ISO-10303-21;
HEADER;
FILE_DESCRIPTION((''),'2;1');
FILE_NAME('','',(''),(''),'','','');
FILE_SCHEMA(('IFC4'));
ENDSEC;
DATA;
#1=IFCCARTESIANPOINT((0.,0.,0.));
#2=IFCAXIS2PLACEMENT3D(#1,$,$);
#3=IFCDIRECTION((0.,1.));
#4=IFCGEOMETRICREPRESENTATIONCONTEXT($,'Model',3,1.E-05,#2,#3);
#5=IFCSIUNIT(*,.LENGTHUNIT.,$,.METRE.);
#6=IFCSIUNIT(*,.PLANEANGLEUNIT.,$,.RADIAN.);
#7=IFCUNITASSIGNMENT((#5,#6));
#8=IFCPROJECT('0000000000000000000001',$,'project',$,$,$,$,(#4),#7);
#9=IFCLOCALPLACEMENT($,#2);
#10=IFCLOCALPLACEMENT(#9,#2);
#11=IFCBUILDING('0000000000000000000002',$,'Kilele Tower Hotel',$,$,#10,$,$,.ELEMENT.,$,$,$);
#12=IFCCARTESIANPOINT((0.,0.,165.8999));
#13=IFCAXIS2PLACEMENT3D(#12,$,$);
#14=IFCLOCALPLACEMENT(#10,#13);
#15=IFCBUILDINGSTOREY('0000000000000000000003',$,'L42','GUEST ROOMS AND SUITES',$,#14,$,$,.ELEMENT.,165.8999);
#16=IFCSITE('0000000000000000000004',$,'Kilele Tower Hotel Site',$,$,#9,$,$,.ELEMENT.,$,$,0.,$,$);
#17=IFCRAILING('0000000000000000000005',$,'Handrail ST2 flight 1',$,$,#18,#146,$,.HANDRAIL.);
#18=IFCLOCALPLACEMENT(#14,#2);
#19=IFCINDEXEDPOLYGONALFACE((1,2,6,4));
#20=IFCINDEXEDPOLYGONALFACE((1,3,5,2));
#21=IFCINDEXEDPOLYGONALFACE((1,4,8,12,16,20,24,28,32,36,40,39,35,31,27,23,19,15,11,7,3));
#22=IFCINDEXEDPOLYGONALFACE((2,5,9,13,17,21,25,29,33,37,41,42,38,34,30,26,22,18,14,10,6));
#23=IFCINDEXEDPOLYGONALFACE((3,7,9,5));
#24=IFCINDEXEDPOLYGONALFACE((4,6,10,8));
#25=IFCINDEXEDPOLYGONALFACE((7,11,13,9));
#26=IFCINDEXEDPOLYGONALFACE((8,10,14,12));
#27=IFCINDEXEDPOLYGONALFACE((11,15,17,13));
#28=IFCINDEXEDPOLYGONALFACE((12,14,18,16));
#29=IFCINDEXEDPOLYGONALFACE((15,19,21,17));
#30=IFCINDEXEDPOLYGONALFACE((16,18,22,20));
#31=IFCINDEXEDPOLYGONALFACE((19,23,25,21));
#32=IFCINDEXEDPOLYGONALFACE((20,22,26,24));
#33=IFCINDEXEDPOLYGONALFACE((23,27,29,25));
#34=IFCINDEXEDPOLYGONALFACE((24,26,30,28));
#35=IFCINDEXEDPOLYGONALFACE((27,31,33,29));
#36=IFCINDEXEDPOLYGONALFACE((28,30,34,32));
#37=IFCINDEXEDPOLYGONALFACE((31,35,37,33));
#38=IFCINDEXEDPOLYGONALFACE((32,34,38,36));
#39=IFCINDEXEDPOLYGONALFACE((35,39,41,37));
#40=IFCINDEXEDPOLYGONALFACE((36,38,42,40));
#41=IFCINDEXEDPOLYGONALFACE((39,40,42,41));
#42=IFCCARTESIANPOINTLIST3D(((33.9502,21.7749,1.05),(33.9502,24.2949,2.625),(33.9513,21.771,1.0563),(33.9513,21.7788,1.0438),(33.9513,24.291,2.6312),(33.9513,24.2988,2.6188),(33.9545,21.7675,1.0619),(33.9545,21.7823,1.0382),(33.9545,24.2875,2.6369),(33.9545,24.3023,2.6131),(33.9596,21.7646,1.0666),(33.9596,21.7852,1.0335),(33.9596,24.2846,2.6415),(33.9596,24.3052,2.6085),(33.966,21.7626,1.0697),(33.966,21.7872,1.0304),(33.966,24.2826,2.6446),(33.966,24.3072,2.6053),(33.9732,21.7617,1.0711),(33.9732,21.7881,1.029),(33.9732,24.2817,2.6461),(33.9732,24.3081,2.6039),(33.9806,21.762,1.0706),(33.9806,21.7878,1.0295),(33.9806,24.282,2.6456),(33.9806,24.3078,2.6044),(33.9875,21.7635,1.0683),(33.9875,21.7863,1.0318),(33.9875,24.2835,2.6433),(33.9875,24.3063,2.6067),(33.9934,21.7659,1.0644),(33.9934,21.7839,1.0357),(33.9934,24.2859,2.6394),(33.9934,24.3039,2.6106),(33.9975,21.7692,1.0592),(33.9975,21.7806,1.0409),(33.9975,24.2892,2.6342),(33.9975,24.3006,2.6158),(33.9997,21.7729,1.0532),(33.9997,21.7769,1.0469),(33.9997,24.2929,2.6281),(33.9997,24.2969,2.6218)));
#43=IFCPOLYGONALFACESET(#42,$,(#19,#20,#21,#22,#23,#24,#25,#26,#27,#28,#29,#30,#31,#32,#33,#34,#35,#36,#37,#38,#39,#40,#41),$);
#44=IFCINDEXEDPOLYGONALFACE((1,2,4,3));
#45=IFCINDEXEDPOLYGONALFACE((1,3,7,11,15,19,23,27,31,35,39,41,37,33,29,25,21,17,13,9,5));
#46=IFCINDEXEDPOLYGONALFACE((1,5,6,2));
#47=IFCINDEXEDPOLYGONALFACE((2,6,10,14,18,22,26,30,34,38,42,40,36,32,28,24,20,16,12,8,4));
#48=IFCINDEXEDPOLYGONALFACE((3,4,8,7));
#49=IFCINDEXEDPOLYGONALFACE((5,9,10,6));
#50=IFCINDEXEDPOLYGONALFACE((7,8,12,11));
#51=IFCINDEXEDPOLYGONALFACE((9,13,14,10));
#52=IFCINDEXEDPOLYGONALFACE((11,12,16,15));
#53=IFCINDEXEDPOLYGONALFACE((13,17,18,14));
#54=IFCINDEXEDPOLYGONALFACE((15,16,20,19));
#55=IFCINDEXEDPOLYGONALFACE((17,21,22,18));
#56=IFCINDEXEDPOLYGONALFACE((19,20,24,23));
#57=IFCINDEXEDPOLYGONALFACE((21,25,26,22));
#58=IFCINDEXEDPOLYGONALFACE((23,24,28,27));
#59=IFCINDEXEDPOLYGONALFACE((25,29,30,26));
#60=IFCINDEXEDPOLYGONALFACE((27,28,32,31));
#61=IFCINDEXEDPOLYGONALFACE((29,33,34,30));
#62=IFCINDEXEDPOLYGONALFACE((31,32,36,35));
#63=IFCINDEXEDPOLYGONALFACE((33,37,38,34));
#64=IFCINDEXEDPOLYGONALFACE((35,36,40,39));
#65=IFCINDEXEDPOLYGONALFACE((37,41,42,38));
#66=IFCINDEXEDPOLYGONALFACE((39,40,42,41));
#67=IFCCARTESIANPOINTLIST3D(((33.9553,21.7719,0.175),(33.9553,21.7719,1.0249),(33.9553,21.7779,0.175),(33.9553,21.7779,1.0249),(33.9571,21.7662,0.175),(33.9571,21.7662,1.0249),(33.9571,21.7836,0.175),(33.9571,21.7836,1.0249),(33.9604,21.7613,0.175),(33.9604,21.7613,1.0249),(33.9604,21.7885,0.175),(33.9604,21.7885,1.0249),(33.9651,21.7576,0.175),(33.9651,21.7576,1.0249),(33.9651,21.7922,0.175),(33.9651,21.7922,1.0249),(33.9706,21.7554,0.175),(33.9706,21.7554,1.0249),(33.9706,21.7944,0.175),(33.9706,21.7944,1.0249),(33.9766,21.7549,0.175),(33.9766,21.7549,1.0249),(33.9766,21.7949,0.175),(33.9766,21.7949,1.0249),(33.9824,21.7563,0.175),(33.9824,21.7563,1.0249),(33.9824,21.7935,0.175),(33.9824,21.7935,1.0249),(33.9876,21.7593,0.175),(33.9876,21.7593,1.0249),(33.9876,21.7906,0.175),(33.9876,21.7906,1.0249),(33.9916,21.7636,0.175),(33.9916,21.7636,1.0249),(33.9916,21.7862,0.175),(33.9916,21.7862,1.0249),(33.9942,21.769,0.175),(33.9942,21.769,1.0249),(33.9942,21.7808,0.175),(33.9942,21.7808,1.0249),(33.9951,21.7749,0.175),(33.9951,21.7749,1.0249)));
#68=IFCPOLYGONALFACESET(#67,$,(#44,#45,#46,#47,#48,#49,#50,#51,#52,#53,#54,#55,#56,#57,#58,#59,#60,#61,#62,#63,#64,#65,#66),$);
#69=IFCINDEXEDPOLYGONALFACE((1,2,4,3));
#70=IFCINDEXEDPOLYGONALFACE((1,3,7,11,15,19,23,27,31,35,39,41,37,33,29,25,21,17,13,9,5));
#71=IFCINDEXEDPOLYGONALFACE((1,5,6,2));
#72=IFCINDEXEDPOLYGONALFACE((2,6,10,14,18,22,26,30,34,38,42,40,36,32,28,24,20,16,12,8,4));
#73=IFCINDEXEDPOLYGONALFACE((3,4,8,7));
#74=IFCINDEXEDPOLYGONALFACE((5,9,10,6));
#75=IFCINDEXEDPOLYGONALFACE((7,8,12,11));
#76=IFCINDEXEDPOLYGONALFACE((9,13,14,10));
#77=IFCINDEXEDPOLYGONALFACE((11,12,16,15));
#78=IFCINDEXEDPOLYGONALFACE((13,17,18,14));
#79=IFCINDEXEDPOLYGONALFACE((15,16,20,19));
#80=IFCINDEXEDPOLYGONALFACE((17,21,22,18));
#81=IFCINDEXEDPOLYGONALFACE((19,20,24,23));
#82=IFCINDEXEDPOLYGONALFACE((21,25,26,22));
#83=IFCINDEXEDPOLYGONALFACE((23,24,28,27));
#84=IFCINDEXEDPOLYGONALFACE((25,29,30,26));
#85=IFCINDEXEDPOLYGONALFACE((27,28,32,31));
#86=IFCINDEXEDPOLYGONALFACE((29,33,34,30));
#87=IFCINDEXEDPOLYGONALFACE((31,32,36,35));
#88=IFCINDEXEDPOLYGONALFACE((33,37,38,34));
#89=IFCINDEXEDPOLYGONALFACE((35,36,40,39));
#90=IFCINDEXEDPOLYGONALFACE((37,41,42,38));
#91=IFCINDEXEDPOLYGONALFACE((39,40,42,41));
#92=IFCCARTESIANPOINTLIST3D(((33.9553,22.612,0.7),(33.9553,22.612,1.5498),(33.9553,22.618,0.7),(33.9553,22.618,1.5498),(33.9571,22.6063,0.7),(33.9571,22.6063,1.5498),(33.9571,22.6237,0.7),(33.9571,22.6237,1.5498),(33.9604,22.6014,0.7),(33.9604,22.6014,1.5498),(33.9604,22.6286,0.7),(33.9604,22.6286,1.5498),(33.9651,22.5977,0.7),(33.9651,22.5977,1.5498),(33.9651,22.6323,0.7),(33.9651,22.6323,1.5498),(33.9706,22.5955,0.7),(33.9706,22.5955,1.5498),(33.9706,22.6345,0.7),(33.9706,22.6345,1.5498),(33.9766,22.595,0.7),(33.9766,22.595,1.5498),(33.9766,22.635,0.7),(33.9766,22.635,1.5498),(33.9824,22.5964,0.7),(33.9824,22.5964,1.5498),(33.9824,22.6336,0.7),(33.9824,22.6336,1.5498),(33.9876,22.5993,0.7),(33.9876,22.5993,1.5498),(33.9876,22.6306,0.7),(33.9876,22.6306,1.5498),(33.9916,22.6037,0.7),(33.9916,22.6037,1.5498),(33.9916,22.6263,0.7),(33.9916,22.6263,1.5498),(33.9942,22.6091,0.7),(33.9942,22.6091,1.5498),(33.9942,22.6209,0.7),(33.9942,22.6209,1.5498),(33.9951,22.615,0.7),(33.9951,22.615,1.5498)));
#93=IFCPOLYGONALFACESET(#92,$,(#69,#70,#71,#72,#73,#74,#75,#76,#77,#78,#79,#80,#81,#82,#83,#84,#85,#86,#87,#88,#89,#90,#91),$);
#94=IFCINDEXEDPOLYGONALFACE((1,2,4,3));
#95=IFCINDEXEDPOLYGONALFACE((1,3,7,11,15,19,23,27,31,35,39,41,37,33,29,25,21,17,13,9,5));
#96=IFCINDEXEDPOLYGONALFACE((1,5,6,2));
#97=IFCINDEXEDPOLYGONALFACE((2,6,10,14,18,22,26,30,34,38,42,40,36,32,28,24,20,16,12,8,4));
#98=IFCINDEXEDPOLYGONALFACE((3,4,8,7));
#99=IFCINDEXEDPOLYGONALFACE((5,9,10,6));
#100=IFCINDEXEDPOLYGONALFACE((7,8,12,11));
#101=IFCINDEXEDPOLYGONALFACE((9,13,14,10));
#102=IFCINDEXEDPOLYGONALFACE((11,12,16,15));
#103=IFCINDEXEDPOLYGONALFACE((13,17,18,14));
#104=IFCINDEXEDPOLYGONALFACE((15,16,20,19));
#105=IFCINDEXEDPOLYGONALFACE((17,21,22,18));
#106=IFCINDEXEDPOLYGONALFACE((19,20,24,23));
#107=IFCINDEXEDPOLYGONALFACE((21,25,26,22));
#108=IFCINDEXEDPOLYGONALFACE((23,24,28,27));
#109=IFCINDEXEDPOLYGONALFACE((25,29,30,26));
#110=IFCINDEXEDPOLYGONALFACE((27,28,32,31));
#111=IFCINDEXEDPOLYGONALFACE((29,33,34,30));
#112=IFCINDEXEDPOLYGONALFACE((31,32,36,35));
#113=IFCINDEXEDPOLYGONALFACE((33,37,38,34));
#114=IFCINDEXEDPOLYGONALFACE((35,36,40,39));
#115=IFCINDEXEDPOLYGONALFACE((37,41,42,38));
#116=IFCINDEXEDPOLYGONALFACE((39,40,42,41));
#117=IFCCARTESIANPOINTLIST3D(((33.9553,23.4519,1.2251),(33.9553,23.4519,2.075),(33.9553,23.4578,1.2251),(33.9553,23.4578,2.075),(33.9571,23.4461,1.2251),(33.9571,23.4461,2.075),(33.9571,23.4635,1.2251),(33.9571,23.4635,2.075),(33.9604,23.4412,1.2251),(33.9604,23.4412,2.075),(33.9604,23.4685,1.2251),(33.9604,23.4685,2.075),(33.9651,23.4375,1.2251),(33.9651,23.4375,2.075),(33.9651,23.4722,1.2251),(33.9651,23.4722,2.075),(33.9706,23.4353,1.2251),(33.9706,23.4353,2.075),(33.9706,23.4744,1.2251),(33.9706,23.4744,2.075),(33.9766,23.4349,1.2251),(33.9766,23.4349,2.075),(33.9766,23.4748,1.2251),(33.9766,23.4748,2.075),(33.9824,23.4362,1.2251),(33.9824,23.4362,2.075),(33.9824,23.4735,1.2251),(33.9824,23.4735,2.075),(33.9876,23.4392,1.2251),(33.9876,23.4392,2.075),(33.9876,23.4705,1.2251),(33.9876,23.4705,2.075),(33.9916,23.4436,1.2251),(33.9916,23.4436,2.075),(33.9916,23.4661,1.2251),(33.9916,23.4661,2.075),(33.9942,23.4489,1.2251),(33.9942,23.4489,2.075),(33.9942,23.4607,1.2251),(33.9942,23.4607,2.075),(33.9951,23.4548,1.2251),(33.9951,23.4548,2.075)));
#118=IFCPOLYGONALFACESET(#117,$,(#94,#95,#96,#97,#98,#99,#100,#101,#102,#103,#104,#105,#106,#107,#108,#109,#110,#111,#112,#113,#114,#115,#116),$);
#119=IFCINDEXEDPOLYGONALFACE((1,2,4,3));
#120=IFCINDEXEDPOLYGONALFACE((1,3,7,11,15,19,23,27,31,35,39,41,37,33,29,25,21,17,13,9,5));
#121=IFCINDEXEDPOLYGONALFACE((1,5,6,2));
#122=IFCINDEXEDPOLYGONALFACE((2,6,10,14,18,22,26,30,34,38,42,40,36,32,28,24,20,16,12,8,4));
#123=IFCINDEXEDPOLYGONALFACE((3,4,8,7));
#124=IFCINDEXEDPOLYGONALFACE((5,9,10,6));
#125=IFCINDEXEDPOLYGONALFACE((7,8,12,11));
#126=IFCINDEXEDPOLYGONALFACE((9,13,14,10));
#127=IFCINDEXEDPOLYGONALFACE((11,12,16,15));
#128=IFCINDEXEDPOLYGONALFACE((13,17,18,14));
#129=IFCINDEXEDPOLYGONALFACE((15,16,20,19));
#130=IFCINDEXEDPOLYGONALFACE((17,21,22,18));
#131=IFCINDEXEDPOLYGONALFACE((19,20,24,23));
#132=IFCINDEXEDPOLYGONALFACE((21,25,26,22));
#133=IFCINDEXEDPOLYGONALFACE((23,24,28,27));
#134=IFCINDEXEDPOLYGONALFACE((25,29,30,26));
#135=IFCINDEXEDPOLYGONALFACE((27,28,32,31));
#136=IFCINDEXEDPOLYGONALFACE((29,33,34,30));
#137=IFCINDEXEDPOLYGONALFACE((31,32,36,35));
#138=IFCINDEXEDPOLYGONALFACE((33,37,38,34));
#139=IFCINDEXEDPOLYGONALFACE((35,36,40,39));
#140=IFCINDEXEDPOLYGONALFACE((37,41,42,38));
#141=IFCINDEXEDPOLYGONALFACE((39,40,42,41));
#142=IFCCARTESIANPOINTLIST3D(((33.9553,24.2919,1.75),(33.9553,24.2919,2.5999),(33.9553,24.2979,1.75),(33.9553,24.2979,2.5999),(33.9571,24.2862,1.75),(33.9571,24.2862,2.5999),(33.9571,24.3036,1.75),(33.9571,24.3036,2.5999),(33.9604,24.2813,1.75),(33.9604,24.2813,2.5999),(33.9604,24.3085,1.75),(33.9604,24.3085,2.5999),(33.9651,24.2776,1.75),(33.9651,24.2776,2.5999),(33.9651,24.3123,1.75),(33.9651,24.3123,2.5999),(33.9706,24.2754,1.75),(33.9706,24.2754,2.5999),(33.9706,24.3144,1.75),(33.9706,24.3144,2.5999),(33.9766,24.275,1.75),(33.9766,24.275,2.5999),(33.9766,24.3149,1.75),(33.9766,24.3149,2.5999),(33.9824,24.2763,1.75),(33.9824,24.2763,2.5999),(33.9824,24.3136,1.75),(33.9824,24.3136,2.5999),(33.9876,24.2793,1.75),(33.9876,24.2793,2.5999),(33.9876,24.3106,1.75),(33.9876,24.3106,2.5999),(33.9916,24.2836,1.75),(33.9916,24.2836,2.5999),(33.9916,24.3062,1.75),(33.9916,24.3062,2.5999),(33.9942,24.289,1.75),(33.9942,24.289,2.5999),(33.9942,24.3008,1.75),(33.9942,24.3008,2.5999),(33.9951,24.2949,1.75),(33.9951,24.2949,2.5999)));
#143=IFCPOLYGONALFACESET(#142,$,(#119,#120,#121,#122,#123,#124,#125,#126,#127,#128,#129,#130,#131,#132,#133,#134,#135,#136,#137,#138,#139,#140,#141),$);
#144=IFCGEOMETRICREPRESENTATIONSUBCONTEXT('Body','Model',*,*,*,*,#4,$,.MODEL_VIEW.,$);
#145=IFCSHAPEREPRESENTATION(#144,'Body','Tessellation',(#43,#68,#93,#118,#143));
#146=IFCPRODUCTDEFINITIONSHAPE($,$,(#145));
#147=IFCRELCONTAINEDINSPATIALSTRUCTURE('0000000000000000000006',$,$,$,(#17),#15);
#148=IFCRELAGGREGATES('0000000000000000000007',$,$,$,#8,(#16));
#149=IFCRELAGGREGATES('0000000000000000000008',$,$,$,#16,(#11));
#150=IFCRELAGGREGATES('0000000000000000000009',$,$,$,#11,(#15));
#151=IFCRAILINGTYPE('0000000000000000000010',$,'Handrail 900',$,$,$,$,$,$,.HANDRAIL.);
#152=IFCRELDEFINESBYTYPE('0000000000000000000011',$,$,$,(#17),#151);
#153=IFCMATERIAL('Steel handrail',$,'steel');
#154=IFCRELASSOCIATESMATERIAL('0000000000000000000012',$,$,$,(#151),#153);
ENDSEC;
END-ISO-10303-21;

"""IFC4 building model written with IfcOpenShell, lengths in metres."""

from ifc_helpers import new_model, si_unit, direction, frame, origin, origin_2d, place, context, subcontext, project, spatial, circle, extrude, material, type_object, element, save


model = new_model("IFC4")

# Units and contexts
model_context = context("Model", 3, precision=1e-05, world=origin(), true_north=direction((0.0, 1.0)))
body_context = subcontext(model_context, "Body", "Model", "MODEL_VIEW")
ifc_project = project(units=[si_unit("LENGTHUNIT", "METRE"), si_unit("PLANEANGLEUNIT", "RADIAN")], contexts=[model_context])

# Site, building, storey
site_placement = place(None, origin())
site = spatial("IfcSite", under=ifc_project, at=site_placement, Name="Kilele Tower Hotel Site", CompositionType="ELEMENT", RefElevation=0.0)
building_placement = place(site_placement, origin())
building = spatial("IfcBuilding", under=site, at=building_placement, Name="Kilele Tower Hotel", CompositionType="ELEMENT")
storey_placement = place(building_placement, frame((0.0, 0.0, 165.8999)))
storey = spatial("IfcBuildingStorey", under=building, at=storey_placement, Name="L42", Description="GUEST ROOMS AND SUITES", CompositionType="ELEMENT", Elevation=165.8999)

# Railing
ifc_material_1 = material(Name="Steel handrail", Category="steel")
railing_type_1 = type_object("IfcRailingType", Name="Handrail 900", PredefinedType="HANDRAIL", material=ifc_material_1)
for number, where, name in (
    (1, (33.9751, 21.7749, 0.175), "Handrail ST2 flight 1"),
):
    element("IfcRailing", number, at=place(storey_placement, frame(where)), inside=storey, type_object=railing_type_1, Name=name, PredefinedType="HANDRAIL", context=body_context, shape_type="SweptSolid", body=[
        extrude(circle(Radius=0.0249, at=origin_2d()), frame((0.0, 0.0, 0.875), z_axis=(0.0, 0.848008, 0.529984), x_axis=(-1.0, 0.0, 0.0)), (0.0, 0.0, 1.0), 2.9717),
        extrude(circle(Radius=0.02, at=origin_2d()), origin(), (0.0, 0.0, 1.0), 0.8499),
        extrude(circle(Radius=0.02, at=origin_2d()), frame((0.0, 0.8401, 0.5249)), (0.0, 0.0, 1.0), 0.8499),
        extrude(circle(Radius=0.02, at=origin_2d()), frame((0.0, 1.6799, 1.05)), (0.0, 0.0, 1.0), 0.8499),
        extrude(circle(Radius=0.02, at=origin_2d()), frame((0.0, 2.52, 1.575)), (0.0, 0.0, 1.0), 0.8499),
    ])

save(model, "model.ifc")
